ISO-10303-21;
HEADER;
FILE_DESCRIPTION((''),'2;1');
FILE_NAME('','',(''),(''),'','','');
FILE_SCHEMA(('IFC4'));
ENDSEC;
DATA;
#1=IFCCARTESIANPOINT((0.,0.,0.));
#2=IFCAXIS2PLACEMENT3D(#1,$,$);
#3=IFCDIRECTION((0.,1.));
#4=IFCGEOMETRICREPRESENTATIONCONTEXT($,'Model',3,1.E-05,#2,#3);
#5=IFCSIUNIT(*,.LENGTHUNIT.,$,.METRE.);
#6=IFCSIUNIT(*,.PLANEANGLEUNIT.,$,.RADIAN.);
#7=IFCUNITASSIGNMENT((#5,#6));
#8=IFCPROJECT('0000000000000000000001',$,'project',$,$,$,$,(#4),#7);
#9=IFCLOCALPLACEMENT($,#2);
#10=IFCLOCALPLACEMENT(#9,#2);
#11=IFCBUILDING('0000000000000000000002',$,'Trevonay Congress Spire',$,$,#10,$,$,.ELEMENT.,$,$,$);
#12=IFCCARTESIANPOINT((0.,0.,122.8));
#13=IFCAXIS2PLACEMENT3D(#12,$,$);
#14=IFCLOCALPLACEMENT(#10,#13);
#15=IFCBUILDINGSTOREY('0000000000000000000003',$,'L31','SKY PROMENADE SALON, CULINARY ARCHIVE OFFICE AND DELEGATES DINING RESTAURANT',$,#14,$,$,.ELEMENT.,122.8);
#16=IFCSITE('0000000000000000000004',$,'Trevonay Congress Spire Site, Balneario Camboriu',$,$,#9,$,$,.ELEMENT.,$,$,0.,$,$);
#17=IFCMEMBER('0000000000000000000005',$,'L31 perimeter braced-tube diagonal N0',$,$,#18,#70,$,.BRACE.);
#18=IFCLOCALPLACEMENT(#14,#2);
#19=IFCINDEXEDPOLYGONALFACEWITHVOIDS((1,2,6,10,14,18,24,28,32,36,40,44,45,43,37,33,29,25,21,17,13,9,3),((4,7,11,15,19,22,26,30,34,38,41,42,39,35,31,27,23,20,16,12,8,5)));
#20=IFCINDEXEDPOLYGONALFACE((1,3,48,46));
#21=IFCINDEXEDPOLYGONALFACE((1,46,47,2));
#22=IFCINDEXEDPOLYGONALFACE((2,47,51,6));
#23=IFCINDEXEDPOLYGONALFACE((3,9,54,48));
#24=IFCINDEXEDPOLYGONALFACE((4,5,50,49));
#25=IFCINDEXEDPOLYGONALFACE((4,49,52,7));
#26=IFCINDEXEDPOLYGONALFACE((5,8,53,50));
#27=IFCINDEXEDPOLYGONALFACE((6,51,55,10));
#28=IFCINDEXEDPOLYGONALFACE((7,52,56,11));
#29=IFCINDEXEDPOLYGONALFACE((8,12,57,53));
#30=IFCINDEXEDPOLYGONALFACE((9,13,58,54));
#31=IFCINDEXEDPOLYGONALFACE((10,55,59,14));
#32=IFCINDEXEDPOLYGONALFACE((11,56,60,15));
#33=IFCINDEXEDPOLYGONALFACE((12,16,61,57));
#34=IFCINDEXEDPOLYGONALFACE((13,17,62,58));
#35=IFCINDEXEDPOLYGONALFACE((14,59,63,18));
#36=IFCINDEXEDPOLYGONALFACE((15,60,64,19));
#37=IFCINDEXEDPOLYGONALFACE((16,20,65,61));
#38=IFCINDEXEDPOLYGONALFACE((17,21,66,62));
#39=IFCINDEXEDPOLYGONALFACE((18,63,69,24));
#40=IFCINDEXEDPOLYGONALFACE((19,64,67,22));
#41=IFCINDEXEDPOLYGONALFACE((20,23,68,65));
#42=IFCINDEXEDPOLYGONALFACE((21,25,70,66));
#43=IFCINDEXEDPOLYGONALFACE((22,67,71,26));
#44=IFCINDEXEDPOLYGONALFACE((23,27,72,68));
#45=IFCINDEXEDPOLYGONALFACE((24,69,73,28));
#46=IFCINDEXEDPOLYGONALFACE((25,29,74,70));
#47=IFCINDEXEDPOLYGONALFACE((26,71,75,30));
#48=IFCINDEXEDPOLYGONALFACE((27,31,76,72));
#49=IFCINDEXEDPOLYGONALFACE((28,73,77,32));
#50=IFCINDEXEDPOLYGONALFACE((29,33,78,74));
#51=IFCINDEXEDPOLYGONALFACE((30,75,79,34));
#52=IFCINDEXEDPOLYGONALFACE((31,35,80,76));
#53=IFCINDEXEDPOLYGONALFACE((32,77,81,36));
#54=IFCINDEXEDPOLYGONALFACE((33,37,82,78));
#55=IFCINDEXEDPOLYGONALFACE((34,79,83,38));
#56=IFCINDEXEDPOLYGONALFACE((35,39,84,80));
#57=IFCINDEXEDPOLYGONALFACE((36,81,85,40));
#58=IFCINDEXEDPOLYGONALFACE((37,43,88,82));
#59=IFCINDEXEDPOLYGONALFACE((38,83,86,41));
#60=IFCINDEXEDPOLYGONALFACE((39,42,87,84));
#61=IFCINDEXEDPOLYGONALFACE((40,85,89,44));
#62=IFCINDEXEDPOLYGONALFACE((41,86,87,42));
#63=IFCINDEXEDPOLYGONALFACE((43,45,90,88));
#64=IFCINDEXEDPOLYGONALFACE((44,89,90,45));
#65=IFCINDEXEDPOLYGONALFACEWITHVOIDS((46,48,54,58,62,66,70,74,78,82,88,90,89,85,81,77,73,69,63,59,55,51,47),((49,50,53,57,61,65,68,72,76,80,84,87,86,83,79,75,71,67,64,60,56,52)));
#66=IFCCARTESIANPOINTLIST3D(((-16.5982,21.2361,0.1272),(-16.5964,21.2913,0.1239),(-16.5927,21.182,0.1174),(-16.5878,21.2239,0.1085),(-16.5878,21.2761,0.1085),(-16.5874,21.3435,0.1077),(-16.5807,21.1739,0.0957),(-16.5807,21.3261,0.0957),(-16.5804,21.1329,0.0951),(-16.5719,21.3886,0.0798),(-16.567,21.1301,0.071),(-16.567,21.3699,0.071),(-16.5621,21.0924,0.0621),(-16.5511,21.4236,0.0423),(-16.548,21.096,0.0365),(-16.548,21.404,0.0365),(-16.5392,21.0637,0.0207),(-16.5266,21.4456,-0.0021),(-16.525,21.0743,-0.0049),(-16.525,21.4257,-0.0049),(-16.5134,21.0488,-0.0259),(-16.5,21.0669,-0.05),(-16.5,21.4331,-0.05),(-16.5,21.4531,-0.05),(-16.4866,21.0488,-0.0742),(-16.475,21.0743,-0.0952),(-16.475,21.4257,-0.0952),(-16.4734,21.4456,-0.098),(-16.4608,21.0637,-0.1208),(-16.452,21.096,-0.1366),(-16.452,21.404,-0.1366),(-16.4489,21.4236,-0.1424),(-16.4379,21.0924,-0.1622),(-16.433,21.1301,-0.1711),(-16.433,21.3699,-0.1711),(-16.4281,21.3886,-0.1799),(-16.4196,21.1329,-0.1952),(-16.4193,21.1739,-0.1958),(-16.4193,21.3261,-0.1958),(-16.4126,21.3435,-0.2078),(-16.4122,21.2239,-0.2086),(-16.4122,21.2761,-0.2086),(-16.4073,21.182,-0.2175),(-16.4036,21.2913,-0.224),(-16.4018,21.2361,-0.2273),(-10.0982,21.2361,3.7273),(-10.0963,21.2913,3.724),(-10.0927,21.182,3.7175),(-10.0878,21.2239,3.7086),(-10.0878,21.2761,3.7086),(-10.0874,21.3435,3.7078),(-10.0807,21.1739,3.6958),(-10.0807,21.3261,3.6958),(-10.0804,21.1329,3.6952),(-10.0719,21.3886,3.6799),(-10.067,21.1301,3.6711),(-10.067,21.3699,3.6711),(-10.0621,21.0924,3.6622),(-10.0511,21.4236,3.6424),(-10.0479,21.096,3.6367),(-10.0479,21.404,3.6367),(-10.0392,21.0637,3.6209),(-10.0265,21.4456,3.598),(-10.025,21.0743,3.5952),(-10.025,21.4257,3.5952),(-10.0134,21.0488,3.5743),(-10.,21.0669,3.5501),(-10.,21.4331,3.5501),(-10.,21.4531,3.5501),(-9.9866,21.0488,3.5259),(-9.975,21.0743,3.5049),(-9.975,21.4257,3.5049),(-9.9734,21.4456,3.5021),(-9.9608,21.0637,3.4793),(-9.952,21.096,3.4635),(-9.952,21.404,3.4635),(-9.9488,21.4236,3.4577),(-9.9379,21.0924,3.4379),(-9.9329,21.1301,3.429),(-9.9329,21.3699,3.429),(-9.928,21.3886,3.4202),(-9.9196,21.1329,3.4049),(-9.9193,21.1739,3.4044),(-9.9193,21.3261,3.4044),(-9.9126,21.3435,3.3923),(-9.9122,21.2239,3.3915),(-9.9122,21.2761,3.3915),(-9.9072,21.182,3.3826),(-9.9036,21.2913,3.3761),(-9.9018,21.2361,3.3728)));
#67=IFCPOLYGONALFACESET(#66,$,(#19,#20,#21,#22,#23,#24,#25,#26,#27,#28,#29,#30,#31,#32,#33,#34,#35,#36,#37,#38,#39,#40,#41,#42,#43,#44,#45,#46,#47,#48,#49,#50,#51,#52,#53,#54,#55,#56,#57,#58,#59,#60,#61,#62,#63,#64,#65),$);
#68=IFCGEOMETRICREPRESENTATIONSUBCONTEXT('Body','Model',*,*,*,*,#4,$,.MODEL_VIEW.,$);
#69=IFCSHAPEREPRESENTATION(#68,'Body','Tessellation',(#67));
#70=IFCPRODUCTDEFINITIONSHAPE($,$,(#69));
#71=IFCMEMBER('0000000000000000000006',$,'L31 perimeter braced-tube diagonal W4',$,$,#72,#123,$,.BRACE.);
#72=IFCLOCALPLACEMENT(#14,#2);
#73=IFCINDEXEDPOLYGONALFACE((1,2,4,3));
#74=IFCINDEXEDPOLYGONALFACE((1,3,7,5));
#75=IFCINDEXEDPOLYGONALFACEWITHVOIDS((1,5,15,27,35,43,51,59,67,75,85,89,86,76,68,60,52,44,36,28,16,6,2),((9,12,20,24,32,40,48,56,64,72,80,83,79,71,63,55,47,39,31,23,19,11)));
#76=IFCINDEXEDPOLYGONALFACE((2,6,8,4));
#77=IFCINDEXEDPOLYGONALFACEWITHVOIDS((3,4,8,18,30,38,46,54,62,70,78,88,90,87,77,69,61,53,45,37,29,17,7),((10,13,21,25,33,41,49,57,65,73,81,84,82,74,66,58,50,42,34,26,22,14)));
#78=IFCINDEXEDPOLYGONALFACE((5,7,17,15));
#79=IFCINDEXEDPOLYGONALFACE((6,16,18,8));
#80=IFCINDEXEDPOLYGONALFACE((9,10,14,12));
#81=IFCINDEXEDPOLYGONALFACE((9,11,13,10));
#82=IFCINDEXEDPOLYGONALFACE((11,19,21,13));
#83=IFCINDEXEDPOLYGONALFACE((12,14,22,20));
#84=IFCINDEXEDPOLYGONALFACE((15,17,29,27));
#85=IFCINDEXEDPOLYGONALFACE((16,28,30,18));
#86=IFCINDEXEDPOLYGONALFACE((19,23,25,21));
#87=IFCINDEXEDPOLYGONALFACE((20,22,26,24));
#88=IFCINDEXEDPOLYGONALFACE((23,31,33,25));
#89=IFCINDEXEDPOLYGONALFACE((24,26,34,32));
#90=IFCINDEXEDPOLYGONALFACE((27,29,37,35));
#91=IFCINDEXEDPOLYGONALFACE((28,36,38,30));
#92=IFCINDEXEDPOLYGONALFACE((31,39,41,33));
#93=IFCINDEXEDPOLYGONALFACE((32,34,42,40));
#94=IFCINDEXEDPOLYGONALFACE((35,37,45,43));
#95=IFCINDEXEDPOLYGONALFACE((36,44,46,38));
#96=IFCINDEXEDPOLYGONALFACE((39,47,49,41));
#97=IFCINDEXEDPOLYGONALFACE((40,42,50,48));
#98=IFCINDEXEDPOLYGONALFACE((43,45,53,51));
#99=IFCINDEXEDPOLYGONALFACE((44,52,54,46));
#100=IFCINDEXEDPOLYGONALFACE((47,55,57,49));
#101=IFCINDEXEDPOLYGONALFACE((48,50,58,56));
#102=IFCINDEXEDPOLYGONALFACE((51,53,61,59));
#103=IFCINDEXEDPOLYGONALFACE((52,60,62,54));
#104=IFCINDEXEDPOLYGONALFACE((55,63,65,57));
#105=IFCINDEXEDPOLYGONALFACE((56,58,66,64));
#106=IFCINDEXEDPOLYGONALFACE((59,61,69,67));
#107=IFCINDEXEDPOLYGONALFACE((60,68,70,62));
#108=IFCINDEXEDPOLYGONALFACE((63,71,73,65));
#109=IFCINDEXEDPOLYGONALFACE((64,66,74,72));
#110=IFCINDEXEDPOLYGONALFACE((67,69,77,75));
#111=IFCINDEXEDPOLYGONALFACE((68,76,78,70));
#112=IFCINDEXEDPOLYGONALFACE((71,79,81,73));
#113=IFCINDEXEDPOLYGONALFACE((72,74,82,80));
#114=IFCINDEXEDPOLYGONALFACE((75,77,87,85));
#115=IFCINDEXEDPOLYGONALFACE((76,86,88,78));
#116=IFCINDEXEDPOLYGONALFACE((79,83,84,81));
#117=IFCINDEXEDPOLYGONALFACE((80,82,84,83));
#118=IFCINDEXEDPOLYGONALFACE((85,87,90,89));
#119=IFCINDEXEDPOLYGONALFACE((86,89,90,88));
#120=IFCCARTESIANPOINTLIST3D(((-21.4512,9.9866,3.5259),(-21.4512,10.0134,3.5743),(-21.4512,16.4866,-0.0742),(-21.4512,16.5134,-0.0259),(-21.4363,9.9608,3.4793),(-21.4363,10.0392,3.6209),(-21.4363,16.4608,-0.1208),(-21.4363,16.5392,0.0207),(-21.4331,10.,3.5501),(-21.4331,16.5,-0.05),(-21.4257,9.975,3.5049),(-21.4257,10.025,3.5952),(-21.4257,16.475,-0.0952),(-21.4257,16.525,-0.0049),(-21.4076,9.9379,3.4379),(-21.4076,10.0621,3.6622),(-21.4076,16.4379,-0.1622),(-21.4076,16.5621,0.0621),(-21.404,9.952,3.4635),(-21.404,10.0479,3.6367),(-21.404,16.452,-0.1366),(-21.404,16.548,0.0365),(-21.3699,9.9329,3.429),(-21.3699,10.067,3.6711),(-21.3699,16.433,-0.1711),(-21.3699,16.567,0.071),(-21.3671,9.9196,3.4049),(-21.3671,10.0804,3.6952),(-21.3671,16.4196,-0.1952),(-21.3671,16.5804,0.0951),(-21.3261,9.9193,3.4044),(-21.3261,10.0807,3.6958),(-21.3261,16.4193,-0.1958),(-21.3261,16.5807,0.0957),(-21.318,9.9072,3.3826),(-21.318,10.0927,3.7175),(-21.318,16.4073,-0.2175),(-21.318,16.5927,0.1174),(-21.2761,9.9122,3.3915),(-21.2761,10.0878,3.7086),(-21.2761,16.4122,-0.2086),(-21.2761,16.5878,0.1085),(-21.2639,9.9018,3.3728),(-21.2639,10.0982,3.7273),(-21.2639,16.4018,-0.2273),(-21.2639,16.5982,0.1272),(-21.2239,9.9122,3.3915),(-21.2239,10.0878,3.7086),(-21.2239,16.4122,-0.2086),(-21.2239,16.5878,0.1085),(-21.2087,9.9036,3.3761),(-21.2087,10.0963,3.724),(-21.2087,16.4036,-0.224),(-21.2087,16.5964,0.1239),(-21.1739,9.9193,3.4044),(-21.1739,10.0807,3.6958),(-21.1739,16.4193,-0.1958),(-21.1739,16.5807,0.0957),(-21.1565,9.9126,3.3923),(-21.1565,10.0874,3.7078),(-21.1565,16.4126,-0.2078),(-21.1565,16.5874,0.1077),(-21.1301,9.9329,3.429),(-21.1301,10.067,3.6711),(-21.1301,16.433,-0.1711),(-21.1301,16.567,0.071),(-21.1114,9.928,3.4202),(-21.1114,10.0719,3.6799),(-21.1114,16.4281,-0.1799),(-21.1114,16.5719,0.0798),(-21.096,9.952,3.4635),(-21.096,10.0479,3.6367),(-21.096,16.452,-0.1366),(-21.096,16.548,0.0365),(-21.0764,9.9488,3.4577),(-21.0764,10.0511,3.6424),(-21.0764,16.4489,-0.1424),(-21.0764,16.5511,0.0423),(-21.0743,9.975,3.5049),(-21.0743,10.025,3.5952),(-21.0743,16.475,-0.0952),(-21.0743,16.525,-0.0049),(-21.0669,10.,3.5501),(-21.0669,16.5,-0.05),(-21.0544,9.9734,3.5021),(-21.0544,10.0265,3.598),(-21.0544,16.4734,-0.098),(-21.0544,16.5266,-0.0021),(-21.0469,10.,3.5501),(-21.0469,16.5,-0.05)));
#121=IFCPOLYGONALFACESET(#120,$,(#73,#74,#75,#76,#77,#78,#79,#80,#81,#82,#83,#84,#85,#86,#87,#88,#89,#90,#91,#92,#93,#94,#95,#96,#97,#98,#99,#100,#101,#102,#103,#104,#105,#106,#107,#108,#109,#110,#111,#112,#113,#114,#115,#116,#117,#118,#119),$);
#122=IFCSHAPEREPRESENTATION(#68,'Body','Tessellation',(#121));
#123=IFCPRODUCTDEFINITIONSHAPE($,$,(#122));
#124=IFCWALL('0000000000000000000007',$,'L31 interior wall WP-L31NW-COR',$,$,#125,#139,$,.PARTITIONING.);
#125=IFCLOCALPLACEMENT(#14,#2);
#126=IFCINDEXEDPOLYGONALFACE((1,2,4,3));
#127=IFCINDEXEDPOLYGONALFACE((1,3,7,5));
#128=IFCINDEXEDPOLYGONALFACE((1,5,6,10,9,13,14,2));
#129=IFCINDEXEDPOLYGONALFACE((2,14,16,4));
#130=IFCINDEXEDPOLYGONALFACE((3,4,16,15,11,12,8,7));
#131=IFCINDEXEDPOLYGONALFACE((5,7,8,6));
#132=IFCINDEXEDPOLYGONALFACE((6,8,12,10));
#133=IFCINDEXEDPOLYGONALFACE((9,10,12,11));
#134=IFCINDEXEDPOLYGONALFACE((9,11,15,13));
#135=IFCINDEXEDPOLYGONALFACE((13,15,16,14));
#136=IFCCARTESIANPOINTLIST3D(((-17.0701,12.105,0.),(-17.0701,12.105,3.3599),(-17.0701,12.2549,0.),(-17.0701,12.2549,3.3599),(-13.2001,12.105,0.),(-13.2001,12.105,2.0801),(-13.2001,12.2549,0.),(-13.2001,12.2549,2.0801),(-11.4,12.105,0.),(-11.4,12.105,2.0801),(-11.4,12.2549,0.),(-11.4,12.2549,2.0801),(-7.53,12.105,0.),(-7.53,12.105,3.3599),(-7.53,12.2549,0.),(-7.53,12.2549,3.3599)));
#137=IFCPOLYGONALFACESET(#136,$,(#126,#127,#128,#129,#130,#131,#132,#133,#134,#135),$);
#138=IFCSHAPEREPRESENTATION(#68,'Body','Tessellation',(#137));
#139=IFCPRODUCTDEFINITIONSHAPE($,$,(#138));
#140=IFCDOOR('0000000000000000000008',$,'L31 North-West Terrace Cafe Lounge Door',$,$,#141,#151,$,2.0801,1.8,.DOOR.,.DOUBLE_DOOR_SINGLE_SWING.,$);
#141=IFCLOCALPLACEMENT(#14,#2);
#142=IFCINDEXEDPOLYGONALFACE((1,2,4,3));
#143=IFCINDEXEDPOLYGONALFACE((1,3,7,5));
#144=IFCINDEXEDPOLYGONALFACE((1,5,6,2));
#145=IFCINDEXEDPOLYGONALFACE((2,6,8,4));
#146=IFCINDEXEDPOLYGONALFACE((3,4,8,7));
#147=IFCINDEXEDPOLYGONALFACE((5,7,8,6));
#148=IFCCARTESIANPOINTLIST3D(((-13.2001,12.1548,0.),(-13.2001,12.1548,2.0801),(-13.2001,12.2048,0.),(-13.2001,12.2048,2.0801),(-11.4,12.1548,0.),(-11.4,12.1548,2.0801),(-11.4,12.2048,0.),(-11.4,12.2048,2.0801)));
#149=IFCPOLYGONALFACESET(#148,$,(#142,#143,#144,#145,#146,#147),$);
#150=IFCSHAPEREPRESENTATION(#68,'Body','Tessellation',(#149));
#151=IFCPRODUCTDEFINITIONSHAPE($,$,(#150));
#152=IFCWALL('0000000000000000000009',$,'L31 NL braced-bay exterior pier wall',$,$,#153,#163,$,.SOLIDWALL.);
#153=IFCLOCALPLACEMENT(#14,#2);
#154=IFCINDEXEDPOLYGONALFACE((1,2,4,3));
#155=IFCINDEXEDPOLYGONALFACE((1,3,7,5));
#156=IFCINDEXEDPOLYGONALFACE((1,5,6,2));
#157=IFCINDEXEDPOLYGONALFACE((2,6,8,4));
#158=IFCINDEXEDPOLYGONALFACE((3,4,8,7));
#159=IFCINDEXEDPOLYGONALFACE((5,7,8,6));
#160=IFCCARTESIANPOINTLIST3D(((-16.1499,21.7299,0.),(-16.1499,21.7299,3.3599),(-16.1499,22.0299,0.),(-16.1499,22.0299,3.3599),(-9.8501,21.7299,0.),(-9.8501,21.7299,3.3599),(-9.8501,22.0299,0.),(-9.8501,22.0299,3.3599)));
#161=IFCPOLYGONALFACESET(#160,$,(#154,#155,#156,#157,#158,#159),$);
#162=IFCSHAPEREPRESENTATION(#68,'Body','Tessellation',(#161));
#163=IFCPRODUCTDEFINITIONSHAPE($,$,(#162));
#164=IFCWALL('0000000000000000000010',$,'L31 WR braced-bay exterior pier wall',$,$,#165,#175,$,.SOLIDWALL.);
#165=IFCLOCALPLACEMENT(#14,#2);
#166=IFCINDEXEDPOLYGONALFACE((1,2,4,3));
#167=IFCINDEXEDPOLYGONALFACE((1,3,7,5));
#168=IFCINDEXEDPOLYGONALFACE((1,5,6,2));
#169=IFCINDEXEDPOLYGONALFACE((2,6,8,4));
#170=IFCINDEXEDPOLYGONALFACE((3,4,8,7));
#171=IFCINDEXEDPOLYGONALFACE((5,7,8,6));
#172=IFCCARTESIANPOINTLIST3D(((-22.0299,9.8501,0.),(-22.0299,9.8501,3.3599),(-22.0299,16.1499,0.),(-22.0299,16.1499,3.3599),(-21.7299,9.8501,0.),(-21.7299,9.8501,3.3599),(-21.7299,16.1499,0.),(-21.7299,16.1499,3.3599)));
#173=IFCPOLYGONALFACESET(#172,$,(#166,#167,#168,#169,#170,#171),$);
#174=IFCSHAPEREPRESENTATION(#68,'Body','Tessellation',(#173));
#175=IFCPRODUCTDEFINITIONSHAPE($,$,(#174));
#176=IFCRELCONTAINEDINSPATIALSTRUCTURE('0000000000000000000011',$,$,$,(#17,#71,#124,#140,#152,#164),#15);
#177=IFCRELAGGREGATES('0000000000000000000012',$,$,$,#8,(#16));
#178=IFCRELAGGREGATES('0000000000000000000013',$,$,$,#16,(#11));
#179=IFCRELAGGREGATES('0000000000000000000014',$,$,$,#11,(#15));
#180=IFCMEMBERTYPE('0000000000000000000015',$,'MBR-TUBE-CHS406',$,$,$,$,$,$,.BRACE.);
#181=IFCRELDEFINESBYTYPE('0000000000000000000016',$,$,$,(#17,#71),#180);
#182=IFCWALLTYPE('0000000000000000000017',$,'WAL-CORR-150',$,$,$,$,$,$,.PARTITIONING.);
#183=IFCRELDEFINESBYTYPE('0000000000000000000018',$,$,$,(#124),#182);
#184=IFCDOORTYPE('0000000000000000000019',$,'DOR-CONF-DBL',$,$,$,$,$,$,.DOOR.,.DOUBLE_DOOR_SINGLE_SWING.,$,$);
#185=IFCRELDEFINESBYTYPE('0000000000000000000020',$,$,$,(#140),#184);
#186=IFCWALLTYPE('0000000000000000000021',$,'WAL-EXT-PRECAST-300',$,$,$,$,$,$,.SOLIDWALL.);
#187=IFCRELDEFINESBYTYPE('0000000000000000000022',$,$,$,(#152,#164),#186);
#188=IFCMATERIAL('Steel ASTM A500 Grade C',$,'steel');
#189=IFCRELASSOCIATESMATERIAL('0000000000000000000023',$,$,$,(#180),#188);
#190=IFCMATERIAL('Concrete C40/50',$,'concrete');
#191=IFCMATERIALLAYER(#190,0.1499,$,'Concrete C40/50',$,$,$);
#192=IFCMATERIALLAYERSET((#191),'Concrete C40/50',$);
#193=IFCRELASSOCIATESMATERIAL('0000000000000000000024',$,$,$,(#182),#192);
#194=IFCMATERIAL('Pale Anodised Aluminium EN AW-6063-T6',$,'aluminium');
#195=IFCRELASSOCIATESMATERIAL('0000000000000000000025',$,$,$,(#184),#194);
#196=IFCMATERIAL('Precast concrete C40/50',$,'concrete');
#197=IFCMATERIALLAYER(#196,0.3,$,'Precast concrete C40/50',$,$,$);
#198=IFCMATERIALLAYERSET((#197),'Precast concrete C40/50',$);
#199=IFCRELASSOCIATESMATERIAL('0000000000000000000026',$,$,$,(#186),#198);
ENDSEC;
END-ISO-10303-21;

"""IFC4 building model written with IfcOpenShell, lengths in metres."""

from ifc_helpers import new_model, si_unit, direction, frame, frame_2d, origin, origin_2d, place, context, subcontext, project, spatial, rectangle, hollow_circle, extrude, material, layer, layer_set, material_profile, profile_set, type_object, element, fill, save


model = new_model("IFC4")

# Units and contexts
model_context = context("Model", 3, precision=1e-05, world=origin(), true_north=direction((0.0, 1.0)))
body_context = subcontext(model_context, "Body", "Model", "MODEL_VIEW")
ifc_project = project(units=[si_unit("LENGTHUNIT", "METRE"), si_unit("PLANEANGLEUNIT", "RADIAN")], contexts=[model_context])

# Site, building, storey
site_placement = place(None, origin())
site = spatial("IfcSite", under=ifc_project, at=site_placement, Name="Trevonay Congress Spire Site, Balneario Camboriu", CompositionType="ELEMENT", RefElevation=0.0)
building_placement = place(site_placement, origin())
building = spatial("IfcBuilding", under=site, at=building_placement, Name="Trevonay Congress Spire", CompositionType="ELEMENT")
storey_placement = place(building_placement, frame((0.0, 0.0, 122.8)))
storey = spatial("IfcBuildingStorey", under=building, at=storey_placement, Name="L31", Description="SKY PROMENADE SALON, CULINARY ARCHIVE OFFICE AND DELEGATES DINING RESTAURANT", CompositionType="ELEMENT", Elevation=122.8)

# Members
ifc_material_1 = material(Name="Steel ASTM A500 Grade C", Category="steel")
ifc_material_profile_1 = material_profile(ifc_material_1, hollow_circle(Radius=0.2031, WallThickness=0.02, at=origin_2d()), Name="CHS 406.4x20")
ifc_profile_set_1 = profile_set([ifc_material_profile_1], Name="Steel ASTM A500 Grade C")
member_type = type_object("IfcMemberType", Name="MBR-TUBE-CHS406", PredefinedType="BRACE", material=ifc_profile_set_1)
for number, where, z_axis, x_axis, name in (
    (1, (-16.5, 21.25, -0.05), (0.874786, 0.0, 0.48451), (0.0, 1.0, 0.0), "L31 perimeter braced-tube diagonal N0"),
    (2, (-21.25, 16.5, -0.05), (0.0, -0.874786, 0.48451), (1.0, 0.0, 0.0), "L31 perimeter braced-tube diagonal W4"),
):
    element("IfcMember", number, at=place(storey_placement, frame(where, z_axis=z_axis, x_axis=x_axis)), inside=storey, type_object=member_type, Name=name, PredefinedType="BRACE", context=body_context, shape_type="SweptSolid", body=[
        extrude(hollow_circle(Radius=0.2031, WallThickness=0.02, at=origin_2d()), origin(), (0.0, 0.0, 1.0), 7.4304),
    ])

# Wall, opening, door
ifc_material_2 = material(Name="Concrete C40/50", Category="concrete")
ifc_layer_1 = layer(ifc_material_2, 0.1499, Name="Concrete C40/50")
ifc_layer_set_1 = layer_set([ifc_layer_1], Name="Concrete C40/50")
wall_type_1 = type_object("IfcWallType", Name="WAL-CORR-150", PredefinedType="PARTITIONING", material=ifc_layer_set_1)
wall_1_placement = place(storey_placement, frame((-17.0701, 12.1799, 0.0), z_axis=(0.0, 0.0, 1.0), x_axis=(1.0, 0.0, 0.0)))
wall_1 = element("IfcWall", 3, at=wall_1_placement, inside=storey, type_object=wall_type_1, Name="L31 interior wall WP-L31NW-COR", PredefinedType="PARTITIONING", context=body_context, shape_type="SweptSolid", body=[
    extrude(rectangle(XDim=9.54, YDim=0.1499, at=frame_2d((4.77, 0.0))), origin(), (0.0, 0.0, 1.0), 3.3599),
])
opening_1_placement = place(wall_1_placement, frame((3.8701, 0.0, 0.0)))
opening_1 = element("IfcOpeningElement", 4, at=opening_1_placement, cuts=wall_1, PredefinedType="OPENING", context=body_context, shape_type="SweptSolid", body=[
    extrude(rectangle(XDim=1.8, YDim=2.0801, at=frame_2d((0.8999, 1.04))), frame((0.0, 0.085, 0.0), z_axis=(0.0, -1.0, 0.0), x_axis=(1.0, 0.0, 0.0)), (0.0, 0.0, 1.0), 0.1699),
])
ifc_material_3 = material(Name="Pale Anodised Aluminium EN AW-6063-T6", Category="aluminium")
door_type = type_object("IfcDoorType", Name="DOR-CONF-DBL", OperationType="DOUBLE_DOOR_SINGLE_SWING", PredefinedType="DOOR", material=ifc_material_3)
door_placement = place(opening_1_placement, origin())
door = element("IfcDoor", 5, at=door_placement, inside=storey, type_object=door_type, Name="L31 North-West Terrace Cafe Lounge Door", OperationType="DOUBLE_DOOR_SINGLE_SWING", OverallHeight=2.0801, OverallWidth=1.8, PredefinedType="DOOR", context=body_context, shape_type="SweptSolid", body=[
    extrude(rectangle(XDim=1.8, YDim=2.0801, at=frame_2d((0.8999, 1.04))), frame((0.0, 0.0249, 0.0), z_axis=(0.0, -1.0, 0.0), x_axis=(1.0, 0.0, 0.0)), (0.0, 0.0, 1.0), 0.05),
])
fill(opening_1, door)

# Walls
ifc_material_4 = material(Name="Precast concrete C40/50", Category="concrete")
ifc_layer_2 = layer(ifc_material_4, 0.3, Name="Precast concrete C40/50")
ifc_layer_set_2 = layer_set([ifc_layer_2], Name="Precast concrete C40/50")
wall_type_2 = type_object("IfcWallType", Name="WAL-EXT-PRECAST-300", PredefinedType="SOLIDWALL", material=ifc_layer_set_2)
for number, where, z_axis, x_axis, name in (
    (6, (-16.1499, 21.8799, 0.0), (0.0, 0.0, 1.0), (1.0, 0.0, 0.0), "L31 NL braced-bay exterior pier wall"),
    (7, (-21.8799, 9.8501, 0.0), (0.0, 0.0, 1.0), (0.0, 1.0, 0.0), "L31 WR braced-bay exterior pier wall"),
):
    element("IfcWall", number, at=place(storey_placement, frame(where, z_axis=z_axis, x_axis=x_axis)), inside=storey, type_object=wall_type_2, Name=name, PredefinedType="SOLIDWALL", context=body_context, shape_type="SweptSolid", body=[
        extrude(rectangle(XDim=6.2998, YDim=0.3, at=frame_2d((3.1499, 0.0))), origin(), (0.0, 0.0, 1.0), 3.3599),
    ])

save(model, "model.ifc")
